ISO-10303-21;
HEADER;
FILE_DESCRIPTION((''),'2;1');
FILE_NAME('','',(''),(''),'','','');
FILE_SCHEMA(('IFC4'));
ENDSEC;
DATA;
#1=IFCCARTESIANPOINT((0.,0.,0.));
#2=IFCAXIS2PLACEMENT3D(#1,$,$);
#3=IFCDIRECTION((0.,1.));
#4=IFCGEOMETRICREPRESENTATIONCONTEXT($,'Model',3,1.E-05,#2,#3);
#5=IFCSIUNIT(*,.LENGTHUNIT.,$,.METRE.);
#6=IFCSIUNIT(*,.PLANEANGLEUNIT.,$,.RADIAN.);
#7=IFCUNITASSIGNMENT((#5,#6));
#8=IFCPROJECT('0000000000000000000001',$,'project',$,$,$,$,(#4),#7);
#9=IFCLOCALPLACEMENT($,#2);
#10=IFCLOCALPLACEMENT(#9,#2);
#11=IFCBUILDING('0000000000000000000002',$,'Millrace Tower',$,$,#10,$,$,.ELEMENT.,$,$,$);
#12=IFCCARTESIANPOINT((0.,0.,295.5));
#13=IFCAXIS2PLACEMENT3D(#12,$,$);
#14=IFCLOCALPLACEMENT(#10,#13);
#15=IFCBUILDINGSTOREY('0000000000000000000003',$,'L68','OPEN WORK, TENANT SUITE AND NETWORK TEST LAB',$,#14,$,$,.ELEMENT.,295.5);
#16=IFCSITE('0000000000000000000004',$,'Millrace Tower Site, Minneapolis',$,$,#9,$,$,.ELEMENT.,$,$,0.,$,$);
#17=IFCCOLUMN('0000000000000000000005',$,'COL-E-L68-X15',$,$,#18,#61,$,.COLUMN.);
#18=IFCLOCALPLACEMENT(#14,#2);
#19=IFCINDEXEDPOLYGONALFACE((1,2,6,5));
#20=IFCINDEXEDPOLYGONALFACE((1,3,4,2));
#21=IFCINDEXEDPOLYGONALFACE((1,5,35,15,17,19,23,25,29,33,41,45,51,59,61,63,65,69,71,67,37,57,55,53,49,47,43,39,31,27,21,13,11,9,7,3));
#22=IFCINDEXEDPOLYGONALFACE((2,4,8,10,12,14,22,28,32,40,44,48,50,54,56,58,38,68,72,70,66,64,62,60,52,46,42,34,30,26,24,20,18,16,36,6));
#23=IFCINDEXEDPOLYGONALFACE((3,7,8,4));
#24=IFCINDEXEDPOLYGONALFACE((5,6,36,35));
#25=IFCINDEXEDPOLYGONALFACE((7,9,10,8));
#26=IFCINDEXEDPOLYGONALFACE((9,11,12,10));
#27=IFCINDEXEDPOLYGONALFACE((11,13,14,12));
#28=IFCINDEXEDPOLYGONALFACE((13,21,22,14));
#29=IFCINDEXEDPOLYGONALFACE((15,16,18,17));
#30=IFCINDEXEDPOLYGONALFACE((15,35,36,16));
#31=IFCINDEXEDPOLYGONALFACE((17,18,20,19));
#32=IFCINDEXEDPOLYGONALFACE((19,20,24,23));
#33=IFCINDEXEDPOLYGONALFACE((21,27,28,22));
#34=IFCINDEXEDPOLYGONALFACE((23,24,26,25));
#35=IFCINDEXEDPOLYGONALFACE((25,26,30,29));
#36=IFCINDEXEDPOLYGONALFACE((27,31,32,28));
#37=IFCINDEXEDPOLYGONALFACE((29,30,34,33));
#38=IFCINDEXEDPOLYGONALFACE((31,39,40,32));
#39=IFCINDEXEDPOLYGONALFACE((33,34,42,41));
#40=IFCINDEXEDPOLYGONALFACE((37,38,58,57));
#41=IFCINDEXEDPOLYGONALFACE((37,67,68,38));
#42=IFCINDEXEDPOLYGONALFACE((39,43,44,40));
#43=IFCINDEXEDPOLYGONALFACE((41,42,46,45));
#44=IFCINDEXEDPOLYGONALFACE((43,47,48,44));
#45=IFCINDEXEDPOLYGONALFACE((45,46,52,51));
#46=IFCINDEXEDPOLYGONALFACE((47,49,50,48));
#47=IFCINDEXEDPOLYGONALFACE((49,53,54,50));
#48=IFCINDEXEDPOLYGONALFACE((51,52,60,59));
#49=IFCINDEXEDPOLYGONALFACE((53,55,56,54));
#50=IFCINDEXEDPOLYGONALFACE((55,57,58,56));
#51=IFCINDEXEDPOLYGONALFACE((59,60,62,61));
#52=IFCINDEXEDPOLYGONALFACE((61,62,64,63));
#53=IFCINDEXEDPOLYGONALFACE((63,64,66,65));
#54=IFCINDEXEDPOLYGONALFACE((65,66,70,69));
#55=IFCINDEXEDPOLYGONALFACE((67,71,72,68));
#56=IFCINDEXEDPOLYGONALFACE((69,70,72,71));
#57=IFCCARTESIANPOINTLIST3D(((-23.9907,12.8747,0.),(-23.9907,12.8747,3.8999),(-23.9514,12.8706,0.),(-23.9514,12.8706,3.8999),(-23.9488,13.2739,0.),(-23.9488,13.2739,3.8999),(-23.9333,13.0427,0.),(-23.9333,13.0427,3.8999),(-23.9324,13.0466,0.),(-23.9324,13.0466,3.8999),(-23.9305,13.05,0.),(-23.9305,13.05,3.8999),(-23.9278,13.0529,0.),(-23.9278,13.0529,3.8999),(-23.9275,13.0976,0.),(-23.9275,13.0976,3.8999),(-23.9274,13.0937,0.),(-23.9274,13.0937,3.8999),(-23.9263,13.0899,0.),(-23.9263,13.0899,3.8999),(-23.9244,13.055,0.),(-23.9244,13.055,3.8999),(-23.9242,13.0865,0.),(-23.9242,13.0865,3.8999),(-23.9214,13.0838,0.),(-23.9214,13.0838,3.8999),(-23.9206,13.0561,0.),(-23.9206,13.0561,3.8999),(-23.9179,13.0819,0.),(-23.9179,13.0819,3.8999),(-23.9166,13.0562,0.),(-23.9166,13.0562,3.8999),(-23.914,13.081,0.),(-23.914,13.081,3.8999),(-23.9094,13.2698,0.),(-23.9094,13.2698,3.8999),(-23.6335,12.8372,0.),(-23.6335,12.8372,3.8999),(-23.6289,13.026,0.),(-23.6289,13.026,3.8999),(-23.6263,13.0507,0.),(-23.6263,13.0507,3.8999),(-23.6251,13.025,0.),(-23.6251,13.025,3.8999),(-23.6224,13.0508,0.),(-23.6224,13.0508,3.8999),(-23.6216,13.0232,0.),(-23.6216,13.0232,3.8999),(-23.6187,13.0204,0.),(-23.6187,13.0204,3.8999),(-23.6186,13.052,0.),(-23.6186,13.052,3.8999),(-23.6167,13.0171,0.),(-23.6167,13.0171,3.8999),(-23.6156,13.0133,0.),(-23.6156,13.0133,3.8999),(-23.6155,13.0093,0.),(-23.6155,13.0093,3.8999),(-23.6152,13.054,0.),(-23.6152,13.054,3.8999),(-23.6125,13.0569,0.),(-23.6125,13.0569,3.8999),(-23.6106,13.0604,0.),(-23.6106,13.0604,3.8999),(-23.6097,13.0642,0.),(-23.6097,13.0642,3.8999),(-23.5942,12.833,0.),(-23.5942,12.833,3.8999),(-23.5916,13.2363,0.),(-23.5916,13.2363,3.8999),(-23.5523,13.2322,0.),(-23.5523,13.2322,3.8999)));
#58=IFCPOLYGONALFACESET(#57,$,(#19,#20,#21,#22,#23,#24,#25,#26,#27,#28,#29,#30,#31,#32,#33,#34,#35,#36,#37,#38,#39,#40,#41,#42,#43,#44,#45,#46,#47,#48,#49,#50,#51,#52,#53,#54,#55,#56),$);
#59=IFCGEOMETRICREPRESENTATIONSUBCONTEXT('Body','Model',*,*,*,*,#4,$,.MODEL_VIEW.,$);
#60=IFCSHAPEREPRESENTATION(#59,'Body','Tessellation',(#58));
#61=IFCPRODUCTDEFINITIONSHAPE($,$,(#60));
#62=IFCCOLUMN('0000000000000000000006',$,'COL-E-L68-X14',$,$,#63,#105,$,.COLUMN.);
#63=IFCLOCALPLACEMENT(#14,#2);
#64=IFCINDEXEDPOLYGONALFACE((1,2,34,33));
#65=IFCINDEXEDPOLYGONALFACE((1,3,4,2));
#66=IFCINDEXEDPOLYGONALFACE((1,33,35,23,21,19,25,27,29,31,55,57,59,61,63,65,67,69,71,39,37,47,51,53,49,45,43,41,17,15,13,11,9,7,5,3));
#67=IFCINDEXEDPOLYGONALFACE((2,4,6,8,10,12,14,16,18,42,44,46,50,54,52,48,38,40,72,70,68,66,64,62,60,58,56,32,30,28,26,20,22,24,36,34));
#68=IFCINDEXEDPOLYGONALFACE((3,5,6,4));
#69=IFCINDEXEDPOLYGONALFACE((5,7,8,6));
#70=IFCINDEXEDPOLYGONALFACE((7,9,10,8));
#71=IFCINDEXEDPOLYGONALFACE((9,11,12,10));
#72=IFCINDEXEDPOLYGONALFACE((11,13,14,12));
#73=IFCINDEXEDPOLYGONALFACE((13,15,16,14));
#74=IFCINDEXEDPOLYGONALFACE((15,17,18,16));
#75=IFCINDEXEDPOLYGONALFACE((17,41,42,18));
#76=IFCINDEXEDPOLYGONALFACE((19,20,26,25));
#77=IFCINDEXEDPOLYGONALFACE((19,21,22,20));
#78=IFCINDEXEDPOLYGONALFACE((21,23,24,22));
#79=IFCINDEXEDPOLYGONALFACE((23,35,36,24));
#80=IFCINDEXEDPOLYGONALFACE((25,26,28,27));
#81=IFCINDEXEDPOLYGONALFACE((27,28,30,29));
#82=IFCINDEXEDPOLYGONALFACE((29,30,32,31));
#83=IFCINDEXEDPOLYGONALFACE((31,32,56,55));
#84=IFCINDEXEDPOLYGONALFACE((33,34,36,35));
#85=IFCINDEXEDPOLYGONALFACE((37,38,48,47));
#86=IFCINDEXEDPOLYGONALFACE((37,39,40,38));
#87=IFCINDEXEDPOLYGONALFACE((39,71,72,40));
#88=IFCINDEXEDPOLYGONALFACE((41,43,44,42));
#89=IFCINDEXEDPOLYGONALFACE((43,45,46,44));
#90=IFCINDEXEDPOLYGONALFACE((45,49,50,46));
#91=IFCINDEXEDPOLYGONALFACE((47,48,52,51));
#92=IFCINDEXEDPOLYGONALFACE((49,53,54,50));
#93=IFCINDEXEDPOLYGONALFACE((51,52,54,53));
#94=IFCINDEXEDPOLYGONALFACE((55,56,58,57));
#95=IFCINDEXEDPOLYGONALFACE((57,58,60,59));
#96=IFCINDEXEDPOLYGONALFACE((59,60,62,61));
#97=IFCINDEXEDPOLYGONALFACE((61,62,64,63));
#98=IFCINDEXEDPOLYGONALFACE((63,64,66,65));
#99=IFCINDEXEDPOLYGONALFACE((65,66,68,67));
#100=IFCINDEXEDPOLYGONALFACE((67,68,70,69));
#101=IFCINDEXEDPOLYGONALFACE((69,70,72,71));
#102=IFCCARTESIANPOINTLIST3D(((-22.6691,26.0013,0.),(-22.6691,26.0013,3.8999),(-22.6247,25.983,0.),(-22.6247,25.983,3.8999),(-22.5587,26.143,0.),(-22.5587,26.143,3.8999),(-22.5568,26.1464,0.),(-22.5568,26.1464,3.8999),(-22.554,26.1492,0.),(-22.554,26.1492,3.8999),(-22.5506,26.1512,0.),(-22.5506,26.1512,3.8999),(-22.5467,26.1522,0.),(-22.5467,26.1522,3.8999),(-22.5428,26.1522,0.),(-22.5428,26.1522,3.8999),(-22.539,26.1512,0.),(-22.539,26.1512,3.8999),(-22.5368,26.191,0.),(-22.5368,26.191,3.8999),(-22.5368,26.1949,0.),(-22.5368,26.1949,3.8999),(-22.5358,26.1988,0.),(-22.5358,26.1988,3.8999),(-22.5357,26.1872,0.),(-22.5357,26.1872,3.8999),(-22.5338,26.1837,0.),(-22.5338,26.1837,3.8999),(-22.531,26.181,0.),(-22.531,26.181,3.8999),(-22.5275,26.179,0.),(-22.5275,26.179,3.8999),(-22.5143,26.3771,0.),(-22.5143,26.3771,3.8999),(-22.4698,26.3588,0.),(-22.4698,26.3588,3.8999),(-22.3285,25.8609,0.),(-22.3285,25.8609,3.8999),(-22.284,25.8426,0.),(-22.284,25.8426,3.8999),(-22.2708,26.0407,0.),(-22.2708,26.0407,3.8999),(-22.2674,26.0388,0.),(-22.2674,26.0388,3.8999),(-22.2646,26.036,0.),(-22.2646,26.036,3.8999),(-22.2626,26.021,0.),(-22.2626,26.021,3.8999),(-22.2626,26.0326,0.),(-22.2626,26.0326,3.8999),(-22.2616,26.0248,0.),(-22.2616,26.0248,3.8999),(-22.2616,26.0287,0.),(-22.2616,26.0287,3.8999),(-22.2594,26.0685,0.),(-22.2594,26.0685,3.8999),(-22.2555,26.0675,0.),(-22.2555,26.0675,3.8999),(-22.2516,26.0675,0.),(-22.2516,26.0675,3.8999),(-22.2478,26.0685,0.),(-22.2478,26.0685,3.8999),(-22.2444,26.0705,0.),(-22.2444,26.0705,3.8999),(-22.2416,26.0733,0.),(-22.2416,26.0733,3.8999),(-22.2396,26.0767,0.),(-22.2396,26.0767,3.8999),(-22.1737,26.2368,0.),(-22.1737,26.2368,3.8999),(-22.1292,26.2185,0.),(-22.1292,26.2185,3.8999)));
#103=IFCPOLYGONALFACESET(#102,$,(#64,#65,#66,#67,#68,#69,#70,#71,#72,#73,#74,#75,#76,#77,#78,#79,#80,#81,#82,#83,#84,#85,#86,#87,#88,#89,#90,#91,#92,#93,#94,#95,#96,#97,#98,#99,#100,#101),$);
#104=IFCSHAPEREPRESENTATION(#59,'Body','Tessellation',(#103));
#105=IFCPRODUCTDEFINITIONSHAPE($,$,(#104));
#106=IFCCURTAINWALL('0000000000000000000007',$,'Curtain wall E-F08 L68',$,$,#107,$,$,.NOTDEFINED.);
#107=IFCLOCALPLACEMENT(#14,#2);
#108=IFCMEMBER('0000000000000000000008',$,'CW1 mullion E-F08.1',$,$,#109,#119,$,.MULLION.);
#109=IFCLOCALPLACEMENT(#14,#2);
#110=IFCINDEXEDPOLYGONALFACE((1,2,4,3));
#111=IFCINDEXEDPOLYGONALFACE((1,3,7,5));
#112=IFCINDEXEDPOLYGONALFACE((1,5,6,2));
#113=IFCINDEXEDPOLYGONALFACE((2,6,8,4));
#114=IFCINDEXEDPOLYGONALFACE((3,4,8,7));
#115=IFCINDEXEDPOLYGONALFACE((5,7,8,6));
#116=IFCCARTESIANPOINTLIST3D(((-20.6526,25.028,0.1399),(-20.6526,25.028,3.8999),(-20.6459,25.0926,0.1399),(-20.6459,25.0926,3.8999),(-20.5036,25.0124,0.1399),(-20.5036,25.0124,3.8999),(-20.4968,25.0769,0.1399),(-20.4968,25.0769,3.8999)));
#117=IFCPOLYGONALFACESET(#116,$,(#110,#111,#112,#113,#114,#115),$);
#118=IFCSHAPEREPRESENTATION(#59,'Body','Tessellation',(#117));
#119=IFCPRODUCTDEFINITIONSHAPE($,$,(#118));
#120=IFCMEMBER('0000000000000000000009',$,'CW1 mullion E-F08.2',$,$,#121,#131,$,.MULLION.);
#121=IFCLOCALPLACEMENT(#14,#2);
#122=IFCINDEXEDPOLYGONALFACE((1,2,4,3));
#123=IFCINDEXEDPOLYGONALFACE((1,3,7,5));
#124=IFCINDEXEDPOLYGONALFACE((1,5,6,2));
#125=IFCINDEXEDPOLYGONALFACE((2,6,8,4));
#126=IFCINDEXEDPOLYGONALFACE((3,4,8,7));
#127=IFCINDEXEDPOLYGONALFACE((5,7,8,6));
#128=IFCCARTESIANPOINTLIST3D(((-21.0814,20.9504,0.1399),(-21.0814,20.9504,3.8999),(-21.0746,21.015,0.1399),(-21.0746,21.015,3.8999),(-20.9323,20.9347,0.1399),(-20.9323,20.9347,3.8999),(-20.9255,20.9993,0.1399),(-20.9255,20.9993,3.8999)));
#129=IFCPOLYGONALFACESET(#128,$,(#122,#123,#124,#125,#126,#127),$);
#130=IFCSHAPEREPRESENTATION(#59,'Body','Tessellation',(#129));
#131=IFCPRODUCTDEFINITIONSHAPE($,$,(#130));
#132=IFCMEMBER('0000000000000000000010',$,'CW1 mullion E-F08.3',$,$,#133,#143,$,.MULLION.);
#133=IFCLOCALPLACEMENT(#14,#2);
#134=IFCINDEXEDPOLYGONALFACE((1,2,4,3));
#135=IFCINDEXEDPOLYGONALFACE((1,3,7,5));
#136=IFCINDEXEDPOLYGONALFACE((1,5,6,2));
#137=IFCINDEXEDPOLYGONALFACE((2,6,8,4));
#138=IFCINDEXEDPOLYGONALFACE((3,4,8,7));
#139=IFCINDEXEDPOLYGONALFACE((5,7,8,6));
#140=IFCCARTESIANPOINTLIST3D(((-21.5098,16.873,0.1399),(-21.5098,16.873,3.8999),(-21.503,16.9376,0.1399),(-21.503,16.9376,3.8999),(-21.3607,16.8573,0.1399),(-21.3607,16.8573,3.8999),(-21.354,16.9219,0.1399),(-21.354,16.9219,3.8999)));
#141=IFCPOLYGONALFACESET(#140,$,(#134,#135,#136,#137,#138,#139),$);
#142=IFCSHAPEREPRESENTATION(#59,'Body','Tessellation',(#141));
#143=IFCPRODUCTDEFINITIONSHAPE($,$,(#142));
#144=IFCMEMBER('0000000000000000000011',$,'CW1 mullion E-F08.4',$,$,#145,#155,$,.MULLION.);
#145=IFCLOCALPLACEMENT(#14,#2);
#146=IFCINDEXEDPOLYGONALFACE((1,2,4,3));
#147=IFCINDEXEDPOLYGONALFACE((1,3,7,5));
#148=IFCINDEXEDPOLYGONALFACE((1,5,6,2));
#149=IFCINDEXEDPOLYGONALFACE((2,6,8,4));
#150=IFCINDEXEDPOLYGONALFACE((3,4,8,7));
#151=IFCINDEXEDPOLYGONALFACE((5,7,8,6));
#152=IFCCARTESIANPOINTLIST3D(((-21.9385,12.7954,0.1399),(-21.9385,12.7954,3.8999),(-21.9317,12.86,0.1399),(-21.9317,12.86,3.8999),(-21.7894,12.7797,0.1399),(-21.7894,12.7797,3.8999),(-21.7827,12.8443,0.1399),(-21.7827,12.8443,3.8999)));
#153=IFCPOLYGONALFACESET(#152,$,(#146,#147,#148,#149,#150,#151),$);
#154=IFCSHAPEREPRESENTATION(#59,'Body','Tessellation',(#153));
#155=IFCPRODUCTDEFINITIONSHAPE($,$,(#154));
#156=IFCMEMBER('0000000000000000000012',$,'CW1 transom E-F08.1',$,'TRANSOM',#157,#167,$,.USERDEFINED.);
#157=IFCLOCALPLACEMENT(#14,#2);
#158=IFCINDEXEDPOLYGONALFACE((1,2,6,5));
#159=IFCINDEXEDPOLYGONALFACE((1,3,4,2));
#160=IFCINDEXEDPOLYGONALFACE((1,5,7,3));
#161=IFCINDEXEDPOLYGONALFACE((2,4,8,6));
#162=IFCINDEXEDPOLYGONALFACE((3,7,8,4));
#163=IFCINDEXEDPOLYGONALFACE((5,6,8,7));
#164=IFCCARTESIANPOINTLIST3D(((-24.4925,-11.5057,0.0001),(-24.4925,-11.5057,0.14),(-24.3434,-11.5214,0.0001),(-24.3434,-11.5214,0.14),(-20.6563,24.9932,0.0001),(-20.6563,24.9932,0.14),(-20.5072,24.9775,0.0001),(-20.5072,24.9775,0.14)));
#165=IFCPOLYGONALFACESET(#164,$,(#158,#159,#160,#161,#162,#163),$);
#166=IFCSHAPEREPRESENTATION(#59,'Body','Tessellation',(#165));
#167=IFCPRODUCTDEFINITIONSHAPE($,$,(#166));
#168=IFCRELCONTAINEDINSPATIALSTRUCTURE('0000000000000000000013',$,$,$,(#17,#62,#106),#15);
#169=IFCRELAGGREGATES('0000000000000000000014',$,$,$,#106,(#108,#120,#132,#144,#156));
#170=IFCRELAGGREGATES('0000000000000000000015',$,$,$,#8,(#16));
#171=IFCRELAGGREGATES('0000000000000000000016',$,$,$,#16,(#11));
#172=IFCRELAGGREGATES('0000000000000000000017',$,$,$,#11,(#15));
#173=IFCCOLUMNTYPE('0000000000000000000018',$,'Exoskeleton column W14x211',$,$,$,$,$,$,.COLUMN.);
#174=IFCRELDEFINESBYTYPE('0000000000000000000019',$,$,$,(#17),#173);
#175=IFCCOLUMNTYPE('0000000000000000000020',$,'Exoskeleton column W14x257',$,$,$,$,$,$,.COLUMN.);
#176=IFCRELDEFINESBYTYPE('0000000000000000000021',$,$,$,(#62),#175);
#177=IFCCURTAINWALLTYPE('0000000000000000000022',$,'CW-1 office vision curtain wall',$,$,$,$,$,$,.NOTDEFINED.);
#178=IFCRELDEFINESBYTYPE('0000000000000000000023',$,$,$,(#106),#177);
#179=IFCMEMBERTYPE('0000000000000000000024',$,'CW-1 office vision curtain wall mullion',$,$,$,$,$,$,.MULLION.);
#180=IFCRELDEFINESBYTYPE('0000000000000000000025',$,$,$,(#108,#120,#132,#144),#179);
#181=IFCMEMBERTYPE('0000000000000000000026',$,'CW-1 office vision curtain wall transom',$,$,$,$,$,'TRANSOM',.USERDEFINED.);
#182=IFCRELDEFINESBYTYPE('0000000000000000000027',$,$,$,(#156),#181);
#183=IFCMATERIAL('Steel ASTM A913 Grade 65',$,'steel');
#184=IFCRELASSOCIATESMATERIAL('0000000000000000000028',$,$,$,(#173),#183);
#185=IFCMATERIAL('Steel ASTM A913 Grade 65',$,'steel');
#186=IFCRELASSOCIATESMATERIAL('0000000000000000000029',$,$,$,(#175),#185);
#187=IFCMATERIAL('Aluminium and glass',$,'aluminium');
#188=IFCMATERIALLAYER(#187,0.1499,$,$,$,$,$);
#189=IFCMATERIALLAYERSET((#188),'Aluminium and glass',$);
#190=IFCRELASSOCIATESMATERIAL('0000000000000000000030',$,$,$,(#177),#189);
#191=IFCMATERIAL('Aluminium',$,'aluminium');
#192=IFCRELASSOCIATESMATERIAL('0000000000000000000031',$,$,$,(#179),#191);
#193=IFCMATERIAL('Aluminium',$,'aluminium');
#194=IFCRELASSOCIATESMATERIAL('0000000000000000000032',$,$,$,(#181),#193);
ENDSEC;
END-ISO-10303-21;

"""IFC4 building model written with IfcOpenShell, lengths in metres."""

from ifc_helpers import new_model, si_unit, direction, frame, origin, origin_2d, place, context, subcontext, project, spatial, rectangle, i_section, extrude, material, layer, layer_set, material_profile, profile_set, type_object, element, aggregate, save


model = new_model("IFC4")

# Units and contexts
model_context = context("Model", 3, precision=1e-05, world=origin(), true_north=direction((0.0, 1.0)))
body_context = subcontext(model_context, "Body", "Model", "MODEL_VIEW")
ifc_project = project(units=[si_unit("LENGTHUNIT", "METRE"), si_unit("PLANEANGLEUNIT", "RADIAN")], contexts=[model_context])

# Site, building, storey
site_placement = place(None, origin())
site = spatial("IfcSite", under=ifc_project, at=site_placement, Name="Millrace Tower Site, Minneapolis", CompositionType="ELEMENT", RefElevation=0.0)
building_placement = place(site_placement, origin())
building = spatial("IfcBuilding", under=site, at=building_placement, Name="Millrace Tower", CompositionType="ELEMENT")
storey_placement = place(building_placement, frame((0.0, 0.0, 295.5)))
storey = spatial("IfcBuildingStorey", under=building, at=storey_placement, Name="L68", Description="OPEN WORK, TENANT SUITE AND NETWORK TEST LAB", CompositionType="ELEMENT", Elevation=295.5)

# Columns
ifc_material_1 = material(Name="Steel ASTM A913 Grade 65", Category="steel")
ifc_material_profile_1 = material_profile(ifc_material_1, i_section(OverallWidth=0.4014, OverallDepth=0.3987, WebThickness=0.0249, FlangeThickness=0.0396, FilletRadius=0.0151, at=origin_2d()))
ifc_profile_set_1 = profile_set([ifc_material_profile_1], Name="Steel ASTM A913 Grade 65")
column_type_1 = type_object("IfcColumnType", Name="Exoskeleton column W14x211", PredefinedType="COLUMN", material=ifc_profile_set_1)
column_1_placement = place(storey_placement, frame((-23.7715, 13.0535, 0.0), z_axis=(0.0, 0.0, 1.0), x_axis=(-0.104528, -0.994522, 0.0)))
element("IfcColumn", 1, at=column_1_placement, inside=storey, type_object=column_type_1, Name="COL-E-L68-X15", PredefinedType="COLUMN", context=body_context, shape_type="SweptSolid", body=[
    extrude(i_section(OverallWidth=0.4014, OverallDepth=0.3987, WebThickness=0.0249, FlangeThickness=0.0396, FilletRadius=0.0151, at=origin_2d()), origin(), (0.0, 0.0, 1.0), 3.8999),
])
ifc_material_2 = material(Name="Steel ASTM A913 Grade 65", Category="steel")
ifc_material_profile_2 = material_profile(ifc_material_2, i_section(OverallWidth=0.4065, OverallDepth=0.4165, WebThickness=0.03, FlangeThickness=0.0481, FilletRadius=0.0151, at=origin_2d()))
ifc_profile_set_2 = profile_set([ifc_material_profile_2], Name="Steel ASTM A913 Grade 65")
column_type_2 = type_object("IfcColumnType", Name="Exoskeleton column W14x257", PredefinedType="COLUMN", material=ifc_profile_set_2)
column_2_placement = place(storey_placement, frame((-22.3992, 26.1099, 0.0), z_axis=(0.0, 0.0, 1.0), x_axis=(-0.380947, -0.924597, 0.0)))
element("IfcColumn", 2, at=column_2_placement, inside=storey, type_object=column_type_2, Name="COL-E-L68-X14", PredefinedType="COLUMN", context=body_context, shape_type="SweptSolid", body=[
    extrude(i_section(OverallWidth=0.4065, OverallDepth=0.4165, WebThickness=0.03, FlangeThickness=0.0481, FilletRadius=0.0151, at=origin_2d()), origin(), (0.0, 0.0, 1.0), 3.8999),
])

# Curtain wall, members
ifc_material_3 = material(Name="Aluminium and glass", Category="aluminium")
ifc_layer_1 = layer(ifc_material_3, 0.1499)
ifc_layer_set_1 = layer_set([ifc_layer_1], Name="Aluminium and glass")
curtain_wall_type = type_object("IfcCurtainWallType", Name="CW-1 office vision curtain wall", PredefinedType="NOTDEFINED", material=ifc_layer_set_1)
curtain_wall_placement = place(storey_placement, origin())
curtain_wall = element("IfcCurtainWall", 3, at=curtain_wall_placement, inside=storey, type_object=curtain_wall_type, Name="Curtain wall E-F08 L68", PredefinedType="NOTDEFINED")
ifc_material_4 = material(Name="Aluminium", Category="aluminium")
ifc_material_profile_3 = material_profile(ifc_material_4, rectangle(XDim=0.0649, YDim=0.1499, at=origin_2d()))
ifc_profile_set_3 = profile_set([ifc_material_profile_3], Name="Aluminium")
member_type_1 = type_object("IfcMemberType", Name="CW-1 office vision curtain wall mullion", PredefinedType="MULLION", material=ifc_profile_set_3)
member_1_placement = place(storey_placement, frame((-20.5747, 25.0525, 0.1399), z_axis=(0.0, 0.0, 1.0), x_axis=(-0.104528, -0.994522, 0.0)))
member_1 = element("IfcMember", 4, at=member_1_placement, type_object=member_type_1, Name="CW1 mullion E-F08.1", PredefinedType="MULLION", context=body_context, shape_type="SweptSolid", body=[
    extrude(rectangle(XDim=0.0649, YDim=0.1499, at=origin_2d()), origin(), (0.0, 0.0, 1.0), 3.76),
])
member_2_placement = place(storey_placement, frame((-21.0034, 20.9749, 0.1399), z_axis=(0.0, 0.0, 1.0), x_axis=(-0.104528, -0.994522, 0.0)))
member_2 = element("IfcMember", 5, at=member_2_placement, type_object=member_type_1, Name="CW1 mullion E-F08.2", PredefinedType="MULLION", context=body_context, shape_type="SweptSolid", body=[
    extrude(rectangle(XDim=0.0649, YDim=0.1499, at=origin_2d()), origin(), (0.0, 0.0, 1.0), 3.76),
])
member_3_placement = place(storey_placement, frame((-21.4319, 16.8975, 0.1399), z_axis=(0.0, 0.0, 1.0), x_axis=(-0.104528, -0.994522, 0.0)))
member_3 = element("IfcMember", 6, at=member_3_placement, type_object=member_type_1, Name="CW1 mullion E-F08.3", PredefinedType="MULLION", context=body_context, shape_type="SweptSolid", body=[
    extrude(rectangle(XDim=0.0649, YDim=0.1499, at=origin_2d()), origin(), (0.0, 0.0, 1.0), 3.76),
])
member_4_placement = place(storey_placement, frame((-21.8606, 12.8198, 0.1399), z_axis=(0.0, 0.0, 1.0), x_axis=(-0.104528, -0.994522, 0.0)))
member_4 = element("IfcMember", 7, at=member_4_placement, type_object=member_type_1, Name="CW1 mullion E-F08.4", PredefinedType="MULLION", context=body_context, shape_type="SweptSolid", body=[
    extrude(rectangle(XDim=0.0649, YDim=0.1499, at=origin_2d()), origin(), (0.0, 0.0, 1.0), 3.76),
])
ifc_material_5 = material(Name="Aluminium", Category="aluminium")
ifc_material_profile_4 = material_profile(ifc_material_5, rectangle(XDim=0.1499, YDim=0.1399, at=origin_2d()))
ifc_profile_set_4 = profile_set([ifc_material_profile_4], Name="Aluminium")
member_type_2 = type_object("IfcMemberType", Name="CW-1 office vision curtain wall transom", ElementType="TRANSOM", PredefinedType="USERDEFINED", material=ifc_profile_set_4)
member_5_placement = place(storey_placement, frame((-20.5818, 24.9854, 0.0701), z_axis=(-0.104528, -0.994522, 0.0), x_axis=(0.994522, -0.104528, 0.0)))
member_5 = element("IfcMember", 8, at=member_5_placement, type_object=member_type_2, Name="CW1 transom E-F08.1", ObjectType="TRANSOM", PredefinedType="USERDEFINED", context=body_context, shape_type="SweptSolid", body=[
    extrude(rectangle(XDim=0.1499, YDim=0.1399, at=origin_2d()), origin(), (0.0, 0.0, 1.0), 36.7),
])
aggregate(curtain_wall, [member_1, member_2, member_3, member_4, member_5])

save(model, "model.ifc")
